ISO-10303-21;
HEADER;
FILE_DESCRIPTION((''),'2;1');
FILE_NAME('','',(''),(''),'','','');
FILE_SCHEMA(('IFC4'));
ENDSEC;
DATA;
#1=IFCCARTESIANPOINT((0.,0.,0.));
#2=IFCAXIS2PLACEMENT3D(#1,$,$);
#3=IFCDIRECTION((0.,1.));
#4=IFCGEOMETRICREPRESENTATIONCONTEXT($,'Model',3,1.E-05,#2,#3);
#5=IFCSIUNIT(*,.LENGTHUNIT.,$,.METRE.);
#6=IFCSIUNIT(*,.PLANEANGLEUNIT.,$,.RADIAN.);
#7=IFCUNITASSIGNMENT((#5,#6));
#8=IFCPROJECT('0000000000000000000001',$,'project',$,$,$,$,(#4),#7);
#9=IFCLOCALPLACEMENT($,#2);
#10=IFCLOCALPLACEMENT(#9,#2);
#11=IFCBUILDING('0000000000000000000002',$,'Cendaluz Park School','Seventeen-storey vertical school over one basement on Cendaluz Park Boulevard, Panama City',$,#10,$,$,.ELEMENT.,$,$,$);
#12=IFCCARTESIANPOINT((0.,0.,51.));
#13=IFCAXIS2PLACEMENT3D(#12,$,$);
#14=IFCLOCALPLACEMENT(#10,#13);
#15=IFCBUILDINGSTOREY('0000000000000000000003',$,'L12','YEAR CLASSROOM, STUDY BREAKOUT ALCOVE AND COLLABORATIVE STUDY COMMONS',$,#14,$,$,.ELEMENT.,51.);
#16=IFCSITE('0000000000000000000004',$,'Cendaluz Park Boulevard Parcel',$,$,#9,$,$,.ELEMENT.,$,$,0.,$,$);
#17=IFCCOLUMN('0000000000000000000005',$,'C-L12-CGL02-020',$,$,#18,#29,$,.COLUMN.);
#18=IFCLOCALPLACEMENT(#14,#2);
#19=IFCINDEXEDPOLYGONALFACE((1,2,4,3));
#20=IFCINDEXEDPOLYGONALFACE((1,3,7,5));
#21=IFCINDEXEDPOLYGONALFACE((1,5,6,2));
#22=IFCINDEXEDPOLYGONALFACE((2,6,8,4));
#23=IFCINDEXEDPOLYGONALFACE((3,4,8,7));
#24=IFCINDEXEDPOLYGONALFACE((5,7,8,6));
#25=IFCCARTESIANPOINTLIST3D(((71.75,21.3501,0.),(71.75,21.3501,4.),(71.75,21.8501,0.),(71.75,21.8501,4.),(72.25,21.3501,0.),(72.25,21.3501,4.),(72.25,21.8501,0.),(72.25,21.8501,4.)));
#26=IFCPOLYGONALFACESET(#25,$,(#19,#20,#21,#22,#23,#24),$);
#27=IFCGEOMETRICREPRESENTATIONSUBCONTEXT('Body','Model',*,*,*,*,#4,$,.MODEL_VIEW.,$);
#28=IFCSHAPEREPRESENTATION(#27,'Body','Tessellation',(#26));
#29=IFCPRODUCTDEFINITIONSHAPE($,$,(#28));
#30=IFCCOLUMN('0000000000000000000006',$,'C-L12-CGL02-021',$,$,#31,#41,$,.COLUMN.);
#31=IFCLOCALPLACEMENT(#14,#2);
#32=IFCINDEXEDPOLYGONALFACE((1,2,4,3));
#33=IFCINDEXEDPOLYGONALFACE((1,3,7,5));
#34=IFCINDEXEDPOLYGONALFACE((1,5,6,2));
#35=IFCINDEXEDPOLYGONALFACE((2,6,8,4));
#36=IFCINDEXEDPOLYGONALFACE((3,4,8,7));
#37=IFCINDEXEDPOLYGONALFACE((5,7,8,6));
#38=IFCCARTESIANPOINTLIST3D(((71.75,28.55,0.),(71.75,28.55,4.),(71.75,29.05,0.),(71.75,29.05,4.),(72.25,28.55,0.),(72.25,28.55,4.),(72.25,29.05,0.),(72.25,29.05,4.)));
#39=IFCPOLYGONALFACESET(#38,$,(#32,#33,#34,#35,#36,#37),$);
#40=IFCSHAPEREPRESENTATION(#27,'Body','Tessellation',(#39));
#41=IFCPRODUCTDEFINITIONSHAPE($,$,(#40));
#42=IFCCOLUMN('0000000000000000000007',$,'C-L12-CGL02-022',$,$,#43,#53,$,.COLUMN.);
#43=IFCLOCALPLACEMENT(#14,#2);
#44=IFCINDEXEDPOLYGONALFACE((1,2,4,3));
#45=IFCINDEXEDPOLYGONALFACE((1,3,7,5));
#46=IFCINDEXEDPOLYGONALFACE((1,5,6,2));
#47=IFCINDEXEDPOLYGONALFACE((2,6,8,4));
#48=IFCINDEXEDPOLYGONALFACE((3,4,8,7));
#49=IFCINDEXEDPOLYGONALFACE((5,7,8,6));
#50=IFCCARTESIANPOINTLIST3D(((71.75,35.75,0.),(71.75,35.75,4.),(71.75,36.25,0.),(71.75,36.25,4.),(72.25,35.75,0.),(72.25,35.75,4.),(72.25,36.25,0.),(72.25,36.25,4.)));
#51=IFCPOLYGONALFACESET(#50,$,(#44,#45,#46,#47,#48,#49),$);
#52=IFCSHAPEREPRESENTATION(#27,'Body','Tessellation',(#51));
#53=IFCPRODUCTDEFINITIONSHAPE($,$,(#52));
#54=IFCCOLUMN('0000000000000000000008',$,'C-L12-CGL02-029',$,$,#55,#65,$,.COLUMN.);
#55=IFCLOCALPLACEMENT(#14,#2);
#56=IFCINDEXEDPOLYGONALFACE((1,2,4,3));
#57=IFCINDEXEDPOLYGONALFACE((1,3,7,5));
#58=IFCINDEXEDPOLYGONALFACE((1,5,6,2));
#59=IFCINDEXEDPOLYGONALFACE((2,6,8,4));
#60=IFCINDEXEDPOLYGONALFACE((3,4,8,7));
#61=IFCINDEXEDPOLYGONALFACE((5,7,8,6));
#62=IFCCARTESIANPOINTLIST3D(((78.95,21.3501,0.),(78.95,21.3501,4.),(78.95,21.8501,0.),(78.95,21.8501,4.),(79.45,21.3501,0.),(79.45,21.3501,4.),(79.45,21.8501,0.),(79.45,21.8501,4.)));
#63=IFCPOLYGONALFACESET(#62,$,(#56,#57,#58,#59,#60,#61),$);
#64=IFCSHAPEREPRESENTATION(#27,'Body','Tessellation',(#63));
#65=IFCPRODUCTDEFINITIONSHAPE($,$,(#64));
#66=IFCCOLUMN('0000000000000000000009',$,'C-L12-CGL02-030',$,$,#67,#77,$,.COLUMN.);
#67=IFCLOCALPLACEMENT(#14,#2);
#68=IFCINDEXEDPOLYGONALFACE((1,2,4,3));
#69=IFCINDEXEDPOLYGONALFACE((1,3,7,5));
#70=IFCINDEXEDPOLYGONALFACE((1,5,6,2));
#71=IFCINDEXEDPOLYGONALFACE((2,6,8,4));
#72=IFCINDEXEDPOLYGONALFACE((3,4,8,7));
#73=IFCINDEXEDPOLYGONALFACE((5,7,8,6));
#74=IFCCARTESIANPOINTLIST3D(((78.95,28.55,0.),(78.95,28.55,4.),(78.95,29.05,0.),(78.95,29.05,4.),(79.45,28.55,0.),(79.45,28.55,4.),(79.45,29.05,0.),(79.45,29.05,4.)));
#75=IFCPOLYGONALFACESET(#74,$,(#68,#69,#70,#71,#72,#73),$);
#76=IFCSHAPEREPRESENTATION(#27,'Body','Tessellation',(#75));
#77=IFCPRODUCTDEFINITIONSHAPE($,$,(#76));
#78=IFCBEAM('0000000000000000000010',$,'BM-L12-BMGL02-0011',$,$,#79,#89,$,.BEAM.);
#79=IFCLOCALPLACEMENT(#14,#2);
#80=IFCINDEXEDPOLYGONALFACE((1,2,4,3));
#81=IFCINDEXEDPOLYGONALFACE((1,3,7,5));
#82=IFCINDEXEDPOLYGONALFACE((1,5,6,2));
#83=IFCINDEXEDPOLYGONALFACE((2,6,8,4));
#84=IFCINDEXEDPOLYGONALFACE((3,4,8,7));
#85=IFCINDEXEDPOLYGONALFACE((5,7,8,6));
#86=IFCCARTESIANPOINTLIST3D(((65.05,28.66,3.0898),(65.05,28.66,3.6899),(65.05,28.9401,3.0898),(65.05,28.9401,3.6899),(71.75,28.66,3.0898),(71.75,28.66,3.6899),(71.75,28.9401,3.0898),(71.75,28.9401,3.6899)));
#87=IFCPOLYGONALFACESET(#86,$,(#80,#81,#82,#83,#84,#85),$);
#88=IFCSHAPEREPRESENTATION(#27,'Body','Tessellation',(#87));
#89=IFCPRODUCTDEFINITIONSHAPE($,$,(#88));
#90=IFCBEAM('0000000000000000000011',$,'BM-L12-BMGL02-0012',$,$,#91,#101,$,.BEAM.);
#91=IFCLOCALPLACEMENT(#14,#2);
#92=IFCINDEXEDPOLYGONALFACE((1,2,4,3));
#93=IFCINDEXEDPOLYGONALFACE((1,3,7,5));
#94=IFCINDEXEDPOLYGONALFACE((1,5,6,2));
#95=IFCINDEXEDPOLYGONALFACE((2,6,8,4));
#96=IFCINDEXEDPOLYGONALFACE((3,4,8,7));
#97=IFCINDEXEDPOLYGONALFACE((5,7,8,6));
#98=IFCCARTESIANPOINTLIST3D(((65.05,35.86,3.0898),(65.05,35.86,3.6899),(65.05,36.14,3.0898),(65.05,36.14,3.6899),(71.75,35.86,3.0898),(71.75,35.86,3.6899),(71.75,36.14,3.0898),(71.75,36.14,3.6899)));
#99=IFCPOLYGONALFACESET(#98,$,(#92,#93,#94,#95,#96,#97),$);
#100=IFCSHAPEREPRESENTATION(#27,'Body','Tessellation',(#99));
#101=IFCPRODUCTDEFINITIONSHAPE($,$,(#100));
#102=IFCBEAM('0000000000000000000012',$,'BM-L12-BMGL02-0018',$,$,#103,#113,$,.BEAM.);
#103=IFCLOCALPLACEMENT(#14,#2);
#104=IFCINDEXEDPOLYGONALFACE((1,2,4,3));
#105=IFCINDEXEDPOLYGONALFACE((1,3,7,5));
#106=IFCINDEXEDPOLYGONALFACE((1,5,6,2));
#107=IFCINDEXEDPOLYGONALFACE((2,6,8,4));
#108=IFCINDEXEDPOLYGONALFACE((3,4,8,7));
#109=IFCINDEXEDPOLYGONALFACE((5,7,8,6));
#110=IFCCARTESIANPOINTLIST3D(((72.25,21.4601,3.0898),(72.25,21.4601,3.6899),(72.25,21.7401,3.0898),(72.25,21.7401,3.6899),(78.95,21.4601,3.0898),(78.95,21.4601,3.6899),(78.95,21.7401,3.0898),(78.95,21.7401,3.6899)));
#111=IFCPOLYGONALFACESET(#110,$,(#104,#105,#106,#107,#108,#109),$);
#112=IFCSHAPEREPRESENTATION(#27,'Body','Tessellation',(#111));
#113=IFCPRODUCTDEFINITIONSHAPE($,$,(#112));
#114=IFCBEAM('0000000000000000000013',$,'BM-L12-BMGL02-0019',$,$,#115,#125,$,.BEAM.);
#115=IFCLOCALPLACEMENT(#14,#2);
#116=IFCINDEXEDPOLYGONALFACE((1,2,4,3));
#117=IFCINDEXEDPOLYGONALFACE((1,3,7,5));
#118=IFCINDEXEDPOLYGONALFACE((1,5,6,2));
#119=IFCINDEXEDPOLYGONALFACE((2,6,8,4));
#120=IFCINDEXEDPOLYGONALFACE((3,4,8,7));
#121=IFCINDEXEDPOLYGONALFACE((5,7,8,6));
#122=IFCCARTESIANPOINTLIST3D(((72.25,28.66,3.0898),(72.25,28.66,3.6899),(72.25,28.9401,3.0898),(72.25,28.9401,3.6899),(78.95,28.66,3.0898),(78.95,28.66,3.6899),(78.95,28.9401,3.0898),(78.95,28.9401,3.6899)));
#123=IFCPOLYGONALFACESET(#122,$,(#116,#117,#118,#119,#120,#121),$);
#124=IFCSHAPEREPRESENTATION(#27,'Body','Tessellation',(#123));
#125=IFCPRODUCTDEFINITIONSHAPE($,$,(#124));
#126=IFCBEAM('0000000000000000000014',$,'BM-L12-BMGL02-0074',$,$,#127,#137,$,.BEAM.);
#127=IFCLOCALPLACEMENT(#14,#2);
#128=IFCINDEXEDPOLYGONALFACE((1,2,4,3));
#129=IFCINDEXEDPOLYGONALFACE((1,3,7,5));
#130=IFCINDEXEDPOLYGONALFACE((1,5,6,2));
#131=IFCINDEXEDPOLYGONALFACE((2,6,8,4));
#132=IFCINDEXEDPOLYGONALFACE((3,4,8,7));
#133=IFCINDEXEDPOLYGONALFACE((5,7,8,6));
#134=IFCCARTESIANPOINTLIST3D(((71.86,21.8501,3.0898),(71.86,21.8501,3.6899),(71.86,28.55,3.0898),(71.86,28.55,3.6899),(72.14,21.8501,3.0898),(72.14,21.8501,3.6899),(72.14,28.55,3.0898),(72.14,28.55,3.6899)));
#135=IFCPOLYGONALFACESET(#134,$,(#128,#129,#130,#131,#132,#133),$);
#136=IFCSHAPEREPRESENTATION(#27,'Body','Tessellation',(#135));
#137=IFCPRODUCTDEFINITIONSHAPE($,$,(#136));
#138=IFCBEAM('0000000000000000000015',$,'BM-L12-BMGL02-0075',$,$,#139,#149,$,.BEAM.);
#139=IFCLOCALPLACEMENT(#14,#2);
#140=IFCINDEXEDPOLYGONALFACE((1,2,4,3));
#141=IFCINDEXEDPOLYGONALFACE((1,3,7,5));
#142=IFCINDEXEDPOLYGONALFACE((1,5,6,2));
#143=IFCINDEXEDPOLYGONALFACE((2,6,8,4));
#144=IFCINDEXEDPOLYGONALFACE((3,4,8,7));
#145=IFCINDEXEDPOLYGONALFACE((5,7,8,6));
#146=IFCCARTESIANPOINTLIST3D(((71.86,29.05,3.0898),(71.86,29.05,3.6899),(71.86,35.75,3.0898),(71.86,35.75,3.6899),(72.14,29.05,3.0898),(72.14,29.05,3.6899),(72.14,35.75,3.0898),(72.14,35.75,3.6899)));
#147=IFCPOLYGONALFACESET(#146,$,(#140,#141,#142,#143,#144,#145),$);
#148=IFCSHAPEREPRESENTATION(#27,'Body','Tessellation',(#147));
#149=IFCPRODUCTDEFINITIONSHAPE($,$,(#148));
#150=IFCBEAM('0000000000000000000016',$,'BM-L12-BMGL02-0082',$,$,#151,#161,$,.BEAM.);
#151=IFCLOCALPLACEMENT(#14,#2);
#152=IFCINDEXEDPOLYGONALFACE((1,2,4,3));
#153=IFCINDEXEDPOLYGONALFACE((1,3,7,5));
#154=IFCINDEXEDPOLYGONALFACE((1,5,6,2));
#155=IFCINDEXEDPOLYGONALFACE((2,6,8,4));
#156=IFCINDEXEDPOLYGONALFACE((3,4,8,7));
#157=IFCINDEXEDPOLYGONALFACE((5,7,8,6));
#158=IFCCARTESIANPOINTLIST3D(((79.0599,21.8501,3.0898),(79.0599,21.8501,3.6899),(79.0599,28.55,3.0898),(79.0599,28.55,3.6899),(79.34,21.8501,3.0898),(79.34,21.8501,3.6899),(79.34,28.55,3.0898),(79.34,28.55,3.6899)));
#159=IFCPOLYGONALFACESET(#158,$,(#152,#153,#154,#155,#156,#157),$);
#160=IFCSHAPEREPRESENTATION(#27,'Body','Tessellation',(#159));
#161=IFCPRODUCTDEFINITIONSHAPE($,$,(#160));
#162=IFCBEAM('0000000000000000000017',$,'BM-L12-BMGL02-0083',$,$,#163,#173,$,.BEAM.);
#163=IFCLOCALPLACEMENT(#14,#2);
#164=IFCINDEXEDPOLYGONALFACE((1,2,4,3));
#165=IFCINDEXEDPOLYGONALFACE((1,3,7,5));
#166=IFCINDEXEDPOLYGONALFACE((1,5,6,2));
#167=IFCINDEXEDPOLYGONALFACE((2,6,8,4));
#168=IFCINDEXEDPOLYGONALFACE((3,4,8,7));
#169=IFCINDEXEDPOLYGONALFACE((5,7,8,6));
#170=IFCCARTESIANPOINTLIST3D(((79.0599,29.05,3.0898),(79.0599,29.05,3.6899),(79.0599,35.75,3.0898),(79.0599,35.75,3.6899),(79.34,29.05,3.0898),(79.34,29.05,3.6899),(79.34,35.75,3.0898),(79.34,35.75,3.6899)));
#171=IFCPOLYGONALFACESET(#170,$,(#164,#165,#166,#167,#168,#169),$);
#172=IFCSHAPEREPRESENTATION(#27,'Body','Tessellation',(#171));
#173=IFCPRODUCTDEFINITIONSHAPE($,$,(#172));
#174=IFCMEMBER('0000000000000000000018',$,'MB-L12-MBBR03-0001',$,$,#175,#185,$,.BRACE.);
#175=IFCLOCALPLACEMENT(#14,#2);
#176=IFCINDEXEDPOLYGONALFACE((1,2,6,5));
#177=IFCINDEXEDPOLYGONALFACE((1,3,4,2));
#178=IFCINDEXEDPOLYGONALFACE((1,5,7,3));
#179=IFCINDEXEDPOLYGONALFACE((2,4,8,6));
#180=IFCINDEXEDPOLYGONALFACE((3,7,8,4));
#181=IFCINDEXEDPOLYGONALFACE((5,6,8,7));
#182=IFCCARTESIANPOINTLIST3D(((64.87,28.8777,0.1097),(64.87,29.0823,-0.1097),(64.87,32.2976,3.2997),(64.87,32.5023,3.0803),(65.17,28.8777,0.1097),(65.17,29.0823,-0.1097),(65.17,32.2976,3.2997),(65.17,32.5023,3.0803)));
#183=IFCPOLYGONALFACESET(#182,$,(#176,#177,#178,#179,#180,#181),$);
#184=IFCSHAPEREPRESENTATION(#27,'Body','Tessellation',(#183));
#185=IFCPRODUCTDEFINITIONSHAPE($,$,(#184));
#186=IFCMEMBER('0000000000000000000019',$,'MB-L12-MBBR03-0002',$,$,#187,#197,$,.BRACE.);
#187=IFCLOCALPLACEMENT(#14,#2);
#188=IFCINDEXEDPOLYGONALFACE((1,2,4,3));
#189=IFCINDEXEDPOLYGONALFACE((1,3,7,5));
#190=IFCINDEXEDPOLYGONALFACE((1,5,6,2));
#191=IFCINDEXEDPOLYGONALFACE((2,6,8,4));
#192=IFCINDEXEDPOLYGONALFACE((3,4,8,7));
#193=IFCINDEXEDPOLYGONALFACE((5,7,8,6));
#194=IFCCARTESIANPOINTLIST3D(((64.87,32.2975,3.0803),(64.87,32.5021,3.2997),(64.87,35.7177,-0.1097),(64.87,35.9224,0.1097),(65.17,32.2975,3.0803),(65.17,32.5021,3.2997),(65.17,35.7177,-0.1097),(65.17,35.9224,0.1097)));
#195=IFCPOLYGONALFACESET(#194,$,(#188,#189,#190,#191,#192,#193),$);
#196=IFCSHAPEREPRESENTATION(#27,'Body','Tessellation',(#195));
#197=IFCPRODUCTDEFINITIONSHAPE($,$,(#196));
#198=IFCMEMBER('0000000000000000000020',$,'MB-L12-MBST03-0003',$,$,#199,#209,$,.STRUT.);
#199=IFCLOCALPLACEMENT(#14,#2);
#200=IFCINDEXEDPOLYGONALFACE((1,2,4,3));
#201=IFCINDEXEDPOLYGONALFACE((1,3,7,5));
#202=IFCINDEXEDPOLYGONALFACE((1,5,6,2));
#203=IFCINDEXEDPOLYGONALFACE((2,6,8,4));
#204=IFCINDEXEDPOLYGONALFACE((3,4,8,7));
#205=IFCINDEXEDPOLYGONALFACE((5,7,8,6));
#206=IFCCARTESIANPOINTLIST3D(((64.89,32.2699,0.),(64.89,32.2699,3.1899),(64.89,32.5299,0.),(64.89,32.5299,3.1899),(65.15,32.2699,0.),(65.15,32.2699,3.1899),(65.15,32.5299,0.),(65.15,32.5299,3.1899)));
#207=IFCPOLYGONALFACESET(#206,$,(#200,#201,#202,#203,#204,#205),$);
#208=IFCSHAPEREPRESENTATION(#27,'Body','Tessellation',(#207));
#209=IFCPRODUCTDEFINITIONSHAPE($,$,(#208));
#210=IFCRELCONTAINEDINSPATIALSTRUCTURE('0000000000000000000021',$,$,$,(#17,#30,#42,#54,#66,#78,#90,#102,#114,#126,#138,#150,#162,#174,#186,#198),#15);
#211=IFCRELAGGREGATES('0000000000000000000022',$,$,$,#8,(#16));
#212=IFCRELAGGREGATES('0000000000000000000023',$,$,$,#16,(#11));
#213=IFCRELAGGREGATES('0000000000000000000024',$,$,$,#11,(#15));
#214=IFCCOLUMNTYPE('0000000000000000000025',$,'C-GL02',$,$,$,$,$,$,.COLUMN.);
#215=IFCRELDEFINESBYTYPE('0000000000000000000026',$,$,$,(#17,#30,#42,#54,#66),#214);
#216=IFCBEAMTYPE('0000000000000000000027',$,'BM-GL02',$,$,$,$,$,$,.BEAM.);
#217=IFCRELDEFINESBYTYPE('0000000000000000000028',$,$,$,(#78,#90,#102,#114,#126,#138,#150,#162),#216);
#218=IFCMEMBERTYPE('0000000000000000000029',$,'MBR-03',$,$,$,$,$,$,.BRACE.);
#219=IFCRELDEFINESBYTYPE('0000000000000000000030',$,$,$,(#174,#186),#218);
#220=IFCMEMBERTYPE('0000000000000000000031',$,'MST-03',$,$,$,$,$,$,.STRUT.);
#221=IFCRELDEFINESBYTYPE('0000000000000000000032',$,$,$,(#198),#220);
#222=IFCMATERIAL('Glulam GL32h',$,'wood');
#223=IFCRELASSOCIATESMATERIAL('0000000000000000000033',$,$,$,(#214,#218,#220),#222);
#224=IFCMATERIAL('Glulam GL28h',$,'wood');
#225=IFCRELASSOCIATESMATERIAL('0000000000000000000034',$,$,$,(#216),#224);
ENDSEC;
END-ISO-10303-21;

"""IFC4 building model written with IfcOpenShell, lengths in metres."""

from ifc_helpers import new_model, si_unit, direction, frame, origin, origin_2d, place, context, subcontext, project, spatial, rectangle, extrude, material, material_profile, profile_set, type_object, element, save


model = new_model("IFC4")

# Units and contexts
model_context = context("Model", 3, precision=1e-05, world=origin(), true_north=direction((0.0, 1.0)))
body_context = subcontext(model_context, "Body", "Model", "MODEL_VIEW")
ifc_project = project(units=[si_unit("LENGTHUNIT", "METRE"), si_unit("PLANEANGLEUNIT", "RADIAN")], contexts=[model_context])

# Site, building, storey
site_placement = place(None, origin())
site = spatial("IfcSite", under=ifc_project, at=site_placement, Name="Cendaluz Park Boulevard Parcel", CompositionType="ELEMENT", RefElevation=0.0)
building_placement = place(site_placement, origin())
building = spatial("IfcBuilding", under=site, at=building_placement, Name="Cendaluz Park School", Description="Seventeen-storey vertical school over one basement on Cendaluz Park Boulevard, Panama City", CompositionType="ELEMENT")
storey_placement = place(building_placement, frame((0.0, 0.0, 51.0)))
storey = spatial("IfcBuildingStorey", under=building, at=storey_placement, Name="L12", Description="YEAR CLASSROOM, STUDY BREAKOUT ALCOVE AND COLLABORATIVE STUDY COMMONS", CompositionType="ELEMENT", Elevation=51.0)

# Columns
ifc_material_1 = material(Name="Glulam GL32h", Category="wood")
ifc_material_profile_1 = material_profile(ifc_material_1, rectangle(XDim=0.5, YDim=0.5, at=origin_2d()), Name="GL32h 500x500", Category="wood")
ifc_profile_set_1 = profile_set([ifc_material_profile_1], Name="Glulam GL32h")
column_type = type_object("IfcColumnType", Name="C-GL02", PredefinedType="COLUMN", material=ifc_profile_set_1)
for number, where, z_axis, x_axis, name in (
    (1, (72.0, 21.6001, 0.0), (0.0, 0.0, 1.0), (1.0, 0.0, 0.0), "C-L12-CGL02-020"),
    (2, (72.0, 28.8, 0.0), (0.0, 0.0, 1.0), (1.0, 0.0, 0.0), "C-L12-CGL02-021"),
    (3, (72.0, 36.0, 0.0), (0.0, 0.0, 1.0), (1.0, 0.0, 0.0), "C-L12-CGL02-022"),
    (4, (79.2, 21.6001, 0.0), (0.0, 0.0, 1.0), (1.0, 0.0, 0.0), "C-L12-CGL02-029"),
    (5, (79.2, 28.8, 0.0), (0.0, 0.0, 1.0), (1.0, 0.0, 0.0), "C-L12-CGL02-030"),
):
    element("IfcColumn", number, at=place(storey_placement, frame(where, z_axis=z_axis, x_axis=x_axis)), inside=storey, type_object=column_type, Name=name, PredefinedType="COLUMN", context=body_context, shape_type="SweptSolid", body=[
        extrude(rectangle(XDim=0.5, YDim=0.5, at=origin_2d()), origin(), (0.0, 0.0, 1.0), 4.0),
    ])

# Beams
ifc_material_2 = material(Name="Glulam GL28h", Category="wood")
ifc_material_profile_2 = material_profile(ifc_material_2, rectangle(XDim=0.28, YDim=0.6001, at=origin_2d()), Name="GL28h 280x600", Category="wood")
ifc_profile_set_2 = profile_set([ifc_material_profile_2], Name="Glulam GL28h")
beam_type = type_object("IfcBeamType", Name="BM-GL02", PredefinedType="BEAM", material=ifc_profile_set_2)
for number, where, z_axis, x_axis, name in (
    (6, (65.05, 28.8, 3.3899), (1.0, 0.0, 0.0), (0.0, 1.0, 0.0), "BM-L12-BMGL02-0011"),
    (7, (65.05, 36.0, 3.3899), (1.0, 0.0, 0.0), (0.0, 1.0, 0.0), "BM-L12-BMGL02-0012"),
    (8, (72.25, 21.6001, 3.3899), (1.0, 0.0, 0.0), (0.0, 1.0, 0.0), "BM-L12-BMGL02-0018"),
    (9, (72.25, 28.8, 3.3899), (1.0, 0.0, 0.0), (0.0, 1.0, 0.0), "BM-L12-BMGL02-0019"),
    (10, (72.0, 21.8501, 3.3899), (0.0, 1.0, 0.0), (-1.0, 0.0, 0.0), "BM-L12-BMGL02-0074"),
    (11, (72.0, 29.05, 3.3899), (0.0, 1.0, 0.0), (-1.0, 0.0, 0.0), "BM-L12-BMGL02-0075"),
    (12, (79.2, 21.8501, 3.3899), (0.0, 1.0, 0.0), (-1.0, 0.0, 0.0), "BM-L12-BMGL02-0082"),
    (13, (79.2, 29.05, 3.3899), (0.0, 1.0, 0.0), (-1.0, 0.0, 0.0), "BM-L12-BMGL02-0083"),
):
    element("IfcBeam", number, at=place(storey_placement, frame(where, z_axis=z_axis, x_axis=x_axis)), inside=storey, type_object=beam_type, Name=name, PredefinedType="BEAM", context=body_context, shape_type="SweptSolid", body=[
        extrude(rectangle(XDim=0.28, YDim=0.6001, at=origin_2d()), origin(), (0.0, 0.0, 1.0), 6.7),
    ])

# Members
ifc_material_profile_3 = material_profile(ifc_material_1, rectangle(XDim=0.3, YDim=0.3, at=origin_2d()), Name="GL32h 300x300", Category="wood")
ifc_profile_set_3 = profile_set([ifc_material_profile_3], Name="Glulam GL32h")
member_type_1 = type_object("IfcMemberType", Name="MBR-03", PredefinedType="BRACE", material=ifc_profile_set_3)
member_1_placement = place(storey_placement, frame((65.02, 28.98, 0.0), z_axis=(0.0, 0.731267, 0.682091), x_axis=(-1.0, 0.0, 0.0)))
element("IfcMember", 14, at=member_1_placement, inside=storey, type_object=member_type_1, Name="MB-L12-MBBR03-0001", PredefinedType="BRACE", context=body_context, shape_type="SweptSolid", body=[
    extrude(rectangle(XDim=0.3, YDim=0.3, at=origin_2d()), origin(), (0.0, 0.0, 1.0), 4.6768),
])
member_2_placement = place(storey_placement, frame((65.02, 35.8201, 0.0), z_axis=(0.0, -0.731291, 0.682065), x_axis=(1.0, 0.0, 0.0)))
element("IfcMember", 15, at=member_2_placement, inside=storey, type_object=member_type_1, Name="MB-L12-MBBR03-0002", PredefinedType="BRACE", context=body_context, shape_type="SweptSolid", body=[
    extrude(rectangle(XDim=0.3, YDim=0.3, at=origin_2d()), origin(), (0.0, 0.0, 1.0), 4.677),
])
ifc_material_profile_4 = material_profile(ifc_material_1, rectangle(XDim=0.26, YDim=0.26, at=origin_2d()), Name="GL32h 260x260", Category="wood")
ifc_profile_set_4 = profile_set([ifc_material_profile_4], Name="Glulam GL32h")
member_type_2 = type_object("IfcMemberType", Name="MST-03", PredefinedType="STRUT", material=ifc_profile_set_4)
member_3_placement = place(storey_placement, frame((65.02, 32.3999, 0.0), z_axis=(0.0, 0.0, 1.0), x_axis=(1.0, 0.0, 0.0)))
element("IfcMember", 16, at=member_3_placement, inside=storey, type_object=member_type_2, Name="MB-L12-MBST03-0003", PredefinedType="STRUT", context=body_context, shape_type="SweptSolid", body=[
    extrude(rectangle(XDim=0.26, YDim=0.26, at=origin_2d()), origin(), (0.0, 0.0, 1.0), 3.1899),
])

save(model, "model.ifc")
